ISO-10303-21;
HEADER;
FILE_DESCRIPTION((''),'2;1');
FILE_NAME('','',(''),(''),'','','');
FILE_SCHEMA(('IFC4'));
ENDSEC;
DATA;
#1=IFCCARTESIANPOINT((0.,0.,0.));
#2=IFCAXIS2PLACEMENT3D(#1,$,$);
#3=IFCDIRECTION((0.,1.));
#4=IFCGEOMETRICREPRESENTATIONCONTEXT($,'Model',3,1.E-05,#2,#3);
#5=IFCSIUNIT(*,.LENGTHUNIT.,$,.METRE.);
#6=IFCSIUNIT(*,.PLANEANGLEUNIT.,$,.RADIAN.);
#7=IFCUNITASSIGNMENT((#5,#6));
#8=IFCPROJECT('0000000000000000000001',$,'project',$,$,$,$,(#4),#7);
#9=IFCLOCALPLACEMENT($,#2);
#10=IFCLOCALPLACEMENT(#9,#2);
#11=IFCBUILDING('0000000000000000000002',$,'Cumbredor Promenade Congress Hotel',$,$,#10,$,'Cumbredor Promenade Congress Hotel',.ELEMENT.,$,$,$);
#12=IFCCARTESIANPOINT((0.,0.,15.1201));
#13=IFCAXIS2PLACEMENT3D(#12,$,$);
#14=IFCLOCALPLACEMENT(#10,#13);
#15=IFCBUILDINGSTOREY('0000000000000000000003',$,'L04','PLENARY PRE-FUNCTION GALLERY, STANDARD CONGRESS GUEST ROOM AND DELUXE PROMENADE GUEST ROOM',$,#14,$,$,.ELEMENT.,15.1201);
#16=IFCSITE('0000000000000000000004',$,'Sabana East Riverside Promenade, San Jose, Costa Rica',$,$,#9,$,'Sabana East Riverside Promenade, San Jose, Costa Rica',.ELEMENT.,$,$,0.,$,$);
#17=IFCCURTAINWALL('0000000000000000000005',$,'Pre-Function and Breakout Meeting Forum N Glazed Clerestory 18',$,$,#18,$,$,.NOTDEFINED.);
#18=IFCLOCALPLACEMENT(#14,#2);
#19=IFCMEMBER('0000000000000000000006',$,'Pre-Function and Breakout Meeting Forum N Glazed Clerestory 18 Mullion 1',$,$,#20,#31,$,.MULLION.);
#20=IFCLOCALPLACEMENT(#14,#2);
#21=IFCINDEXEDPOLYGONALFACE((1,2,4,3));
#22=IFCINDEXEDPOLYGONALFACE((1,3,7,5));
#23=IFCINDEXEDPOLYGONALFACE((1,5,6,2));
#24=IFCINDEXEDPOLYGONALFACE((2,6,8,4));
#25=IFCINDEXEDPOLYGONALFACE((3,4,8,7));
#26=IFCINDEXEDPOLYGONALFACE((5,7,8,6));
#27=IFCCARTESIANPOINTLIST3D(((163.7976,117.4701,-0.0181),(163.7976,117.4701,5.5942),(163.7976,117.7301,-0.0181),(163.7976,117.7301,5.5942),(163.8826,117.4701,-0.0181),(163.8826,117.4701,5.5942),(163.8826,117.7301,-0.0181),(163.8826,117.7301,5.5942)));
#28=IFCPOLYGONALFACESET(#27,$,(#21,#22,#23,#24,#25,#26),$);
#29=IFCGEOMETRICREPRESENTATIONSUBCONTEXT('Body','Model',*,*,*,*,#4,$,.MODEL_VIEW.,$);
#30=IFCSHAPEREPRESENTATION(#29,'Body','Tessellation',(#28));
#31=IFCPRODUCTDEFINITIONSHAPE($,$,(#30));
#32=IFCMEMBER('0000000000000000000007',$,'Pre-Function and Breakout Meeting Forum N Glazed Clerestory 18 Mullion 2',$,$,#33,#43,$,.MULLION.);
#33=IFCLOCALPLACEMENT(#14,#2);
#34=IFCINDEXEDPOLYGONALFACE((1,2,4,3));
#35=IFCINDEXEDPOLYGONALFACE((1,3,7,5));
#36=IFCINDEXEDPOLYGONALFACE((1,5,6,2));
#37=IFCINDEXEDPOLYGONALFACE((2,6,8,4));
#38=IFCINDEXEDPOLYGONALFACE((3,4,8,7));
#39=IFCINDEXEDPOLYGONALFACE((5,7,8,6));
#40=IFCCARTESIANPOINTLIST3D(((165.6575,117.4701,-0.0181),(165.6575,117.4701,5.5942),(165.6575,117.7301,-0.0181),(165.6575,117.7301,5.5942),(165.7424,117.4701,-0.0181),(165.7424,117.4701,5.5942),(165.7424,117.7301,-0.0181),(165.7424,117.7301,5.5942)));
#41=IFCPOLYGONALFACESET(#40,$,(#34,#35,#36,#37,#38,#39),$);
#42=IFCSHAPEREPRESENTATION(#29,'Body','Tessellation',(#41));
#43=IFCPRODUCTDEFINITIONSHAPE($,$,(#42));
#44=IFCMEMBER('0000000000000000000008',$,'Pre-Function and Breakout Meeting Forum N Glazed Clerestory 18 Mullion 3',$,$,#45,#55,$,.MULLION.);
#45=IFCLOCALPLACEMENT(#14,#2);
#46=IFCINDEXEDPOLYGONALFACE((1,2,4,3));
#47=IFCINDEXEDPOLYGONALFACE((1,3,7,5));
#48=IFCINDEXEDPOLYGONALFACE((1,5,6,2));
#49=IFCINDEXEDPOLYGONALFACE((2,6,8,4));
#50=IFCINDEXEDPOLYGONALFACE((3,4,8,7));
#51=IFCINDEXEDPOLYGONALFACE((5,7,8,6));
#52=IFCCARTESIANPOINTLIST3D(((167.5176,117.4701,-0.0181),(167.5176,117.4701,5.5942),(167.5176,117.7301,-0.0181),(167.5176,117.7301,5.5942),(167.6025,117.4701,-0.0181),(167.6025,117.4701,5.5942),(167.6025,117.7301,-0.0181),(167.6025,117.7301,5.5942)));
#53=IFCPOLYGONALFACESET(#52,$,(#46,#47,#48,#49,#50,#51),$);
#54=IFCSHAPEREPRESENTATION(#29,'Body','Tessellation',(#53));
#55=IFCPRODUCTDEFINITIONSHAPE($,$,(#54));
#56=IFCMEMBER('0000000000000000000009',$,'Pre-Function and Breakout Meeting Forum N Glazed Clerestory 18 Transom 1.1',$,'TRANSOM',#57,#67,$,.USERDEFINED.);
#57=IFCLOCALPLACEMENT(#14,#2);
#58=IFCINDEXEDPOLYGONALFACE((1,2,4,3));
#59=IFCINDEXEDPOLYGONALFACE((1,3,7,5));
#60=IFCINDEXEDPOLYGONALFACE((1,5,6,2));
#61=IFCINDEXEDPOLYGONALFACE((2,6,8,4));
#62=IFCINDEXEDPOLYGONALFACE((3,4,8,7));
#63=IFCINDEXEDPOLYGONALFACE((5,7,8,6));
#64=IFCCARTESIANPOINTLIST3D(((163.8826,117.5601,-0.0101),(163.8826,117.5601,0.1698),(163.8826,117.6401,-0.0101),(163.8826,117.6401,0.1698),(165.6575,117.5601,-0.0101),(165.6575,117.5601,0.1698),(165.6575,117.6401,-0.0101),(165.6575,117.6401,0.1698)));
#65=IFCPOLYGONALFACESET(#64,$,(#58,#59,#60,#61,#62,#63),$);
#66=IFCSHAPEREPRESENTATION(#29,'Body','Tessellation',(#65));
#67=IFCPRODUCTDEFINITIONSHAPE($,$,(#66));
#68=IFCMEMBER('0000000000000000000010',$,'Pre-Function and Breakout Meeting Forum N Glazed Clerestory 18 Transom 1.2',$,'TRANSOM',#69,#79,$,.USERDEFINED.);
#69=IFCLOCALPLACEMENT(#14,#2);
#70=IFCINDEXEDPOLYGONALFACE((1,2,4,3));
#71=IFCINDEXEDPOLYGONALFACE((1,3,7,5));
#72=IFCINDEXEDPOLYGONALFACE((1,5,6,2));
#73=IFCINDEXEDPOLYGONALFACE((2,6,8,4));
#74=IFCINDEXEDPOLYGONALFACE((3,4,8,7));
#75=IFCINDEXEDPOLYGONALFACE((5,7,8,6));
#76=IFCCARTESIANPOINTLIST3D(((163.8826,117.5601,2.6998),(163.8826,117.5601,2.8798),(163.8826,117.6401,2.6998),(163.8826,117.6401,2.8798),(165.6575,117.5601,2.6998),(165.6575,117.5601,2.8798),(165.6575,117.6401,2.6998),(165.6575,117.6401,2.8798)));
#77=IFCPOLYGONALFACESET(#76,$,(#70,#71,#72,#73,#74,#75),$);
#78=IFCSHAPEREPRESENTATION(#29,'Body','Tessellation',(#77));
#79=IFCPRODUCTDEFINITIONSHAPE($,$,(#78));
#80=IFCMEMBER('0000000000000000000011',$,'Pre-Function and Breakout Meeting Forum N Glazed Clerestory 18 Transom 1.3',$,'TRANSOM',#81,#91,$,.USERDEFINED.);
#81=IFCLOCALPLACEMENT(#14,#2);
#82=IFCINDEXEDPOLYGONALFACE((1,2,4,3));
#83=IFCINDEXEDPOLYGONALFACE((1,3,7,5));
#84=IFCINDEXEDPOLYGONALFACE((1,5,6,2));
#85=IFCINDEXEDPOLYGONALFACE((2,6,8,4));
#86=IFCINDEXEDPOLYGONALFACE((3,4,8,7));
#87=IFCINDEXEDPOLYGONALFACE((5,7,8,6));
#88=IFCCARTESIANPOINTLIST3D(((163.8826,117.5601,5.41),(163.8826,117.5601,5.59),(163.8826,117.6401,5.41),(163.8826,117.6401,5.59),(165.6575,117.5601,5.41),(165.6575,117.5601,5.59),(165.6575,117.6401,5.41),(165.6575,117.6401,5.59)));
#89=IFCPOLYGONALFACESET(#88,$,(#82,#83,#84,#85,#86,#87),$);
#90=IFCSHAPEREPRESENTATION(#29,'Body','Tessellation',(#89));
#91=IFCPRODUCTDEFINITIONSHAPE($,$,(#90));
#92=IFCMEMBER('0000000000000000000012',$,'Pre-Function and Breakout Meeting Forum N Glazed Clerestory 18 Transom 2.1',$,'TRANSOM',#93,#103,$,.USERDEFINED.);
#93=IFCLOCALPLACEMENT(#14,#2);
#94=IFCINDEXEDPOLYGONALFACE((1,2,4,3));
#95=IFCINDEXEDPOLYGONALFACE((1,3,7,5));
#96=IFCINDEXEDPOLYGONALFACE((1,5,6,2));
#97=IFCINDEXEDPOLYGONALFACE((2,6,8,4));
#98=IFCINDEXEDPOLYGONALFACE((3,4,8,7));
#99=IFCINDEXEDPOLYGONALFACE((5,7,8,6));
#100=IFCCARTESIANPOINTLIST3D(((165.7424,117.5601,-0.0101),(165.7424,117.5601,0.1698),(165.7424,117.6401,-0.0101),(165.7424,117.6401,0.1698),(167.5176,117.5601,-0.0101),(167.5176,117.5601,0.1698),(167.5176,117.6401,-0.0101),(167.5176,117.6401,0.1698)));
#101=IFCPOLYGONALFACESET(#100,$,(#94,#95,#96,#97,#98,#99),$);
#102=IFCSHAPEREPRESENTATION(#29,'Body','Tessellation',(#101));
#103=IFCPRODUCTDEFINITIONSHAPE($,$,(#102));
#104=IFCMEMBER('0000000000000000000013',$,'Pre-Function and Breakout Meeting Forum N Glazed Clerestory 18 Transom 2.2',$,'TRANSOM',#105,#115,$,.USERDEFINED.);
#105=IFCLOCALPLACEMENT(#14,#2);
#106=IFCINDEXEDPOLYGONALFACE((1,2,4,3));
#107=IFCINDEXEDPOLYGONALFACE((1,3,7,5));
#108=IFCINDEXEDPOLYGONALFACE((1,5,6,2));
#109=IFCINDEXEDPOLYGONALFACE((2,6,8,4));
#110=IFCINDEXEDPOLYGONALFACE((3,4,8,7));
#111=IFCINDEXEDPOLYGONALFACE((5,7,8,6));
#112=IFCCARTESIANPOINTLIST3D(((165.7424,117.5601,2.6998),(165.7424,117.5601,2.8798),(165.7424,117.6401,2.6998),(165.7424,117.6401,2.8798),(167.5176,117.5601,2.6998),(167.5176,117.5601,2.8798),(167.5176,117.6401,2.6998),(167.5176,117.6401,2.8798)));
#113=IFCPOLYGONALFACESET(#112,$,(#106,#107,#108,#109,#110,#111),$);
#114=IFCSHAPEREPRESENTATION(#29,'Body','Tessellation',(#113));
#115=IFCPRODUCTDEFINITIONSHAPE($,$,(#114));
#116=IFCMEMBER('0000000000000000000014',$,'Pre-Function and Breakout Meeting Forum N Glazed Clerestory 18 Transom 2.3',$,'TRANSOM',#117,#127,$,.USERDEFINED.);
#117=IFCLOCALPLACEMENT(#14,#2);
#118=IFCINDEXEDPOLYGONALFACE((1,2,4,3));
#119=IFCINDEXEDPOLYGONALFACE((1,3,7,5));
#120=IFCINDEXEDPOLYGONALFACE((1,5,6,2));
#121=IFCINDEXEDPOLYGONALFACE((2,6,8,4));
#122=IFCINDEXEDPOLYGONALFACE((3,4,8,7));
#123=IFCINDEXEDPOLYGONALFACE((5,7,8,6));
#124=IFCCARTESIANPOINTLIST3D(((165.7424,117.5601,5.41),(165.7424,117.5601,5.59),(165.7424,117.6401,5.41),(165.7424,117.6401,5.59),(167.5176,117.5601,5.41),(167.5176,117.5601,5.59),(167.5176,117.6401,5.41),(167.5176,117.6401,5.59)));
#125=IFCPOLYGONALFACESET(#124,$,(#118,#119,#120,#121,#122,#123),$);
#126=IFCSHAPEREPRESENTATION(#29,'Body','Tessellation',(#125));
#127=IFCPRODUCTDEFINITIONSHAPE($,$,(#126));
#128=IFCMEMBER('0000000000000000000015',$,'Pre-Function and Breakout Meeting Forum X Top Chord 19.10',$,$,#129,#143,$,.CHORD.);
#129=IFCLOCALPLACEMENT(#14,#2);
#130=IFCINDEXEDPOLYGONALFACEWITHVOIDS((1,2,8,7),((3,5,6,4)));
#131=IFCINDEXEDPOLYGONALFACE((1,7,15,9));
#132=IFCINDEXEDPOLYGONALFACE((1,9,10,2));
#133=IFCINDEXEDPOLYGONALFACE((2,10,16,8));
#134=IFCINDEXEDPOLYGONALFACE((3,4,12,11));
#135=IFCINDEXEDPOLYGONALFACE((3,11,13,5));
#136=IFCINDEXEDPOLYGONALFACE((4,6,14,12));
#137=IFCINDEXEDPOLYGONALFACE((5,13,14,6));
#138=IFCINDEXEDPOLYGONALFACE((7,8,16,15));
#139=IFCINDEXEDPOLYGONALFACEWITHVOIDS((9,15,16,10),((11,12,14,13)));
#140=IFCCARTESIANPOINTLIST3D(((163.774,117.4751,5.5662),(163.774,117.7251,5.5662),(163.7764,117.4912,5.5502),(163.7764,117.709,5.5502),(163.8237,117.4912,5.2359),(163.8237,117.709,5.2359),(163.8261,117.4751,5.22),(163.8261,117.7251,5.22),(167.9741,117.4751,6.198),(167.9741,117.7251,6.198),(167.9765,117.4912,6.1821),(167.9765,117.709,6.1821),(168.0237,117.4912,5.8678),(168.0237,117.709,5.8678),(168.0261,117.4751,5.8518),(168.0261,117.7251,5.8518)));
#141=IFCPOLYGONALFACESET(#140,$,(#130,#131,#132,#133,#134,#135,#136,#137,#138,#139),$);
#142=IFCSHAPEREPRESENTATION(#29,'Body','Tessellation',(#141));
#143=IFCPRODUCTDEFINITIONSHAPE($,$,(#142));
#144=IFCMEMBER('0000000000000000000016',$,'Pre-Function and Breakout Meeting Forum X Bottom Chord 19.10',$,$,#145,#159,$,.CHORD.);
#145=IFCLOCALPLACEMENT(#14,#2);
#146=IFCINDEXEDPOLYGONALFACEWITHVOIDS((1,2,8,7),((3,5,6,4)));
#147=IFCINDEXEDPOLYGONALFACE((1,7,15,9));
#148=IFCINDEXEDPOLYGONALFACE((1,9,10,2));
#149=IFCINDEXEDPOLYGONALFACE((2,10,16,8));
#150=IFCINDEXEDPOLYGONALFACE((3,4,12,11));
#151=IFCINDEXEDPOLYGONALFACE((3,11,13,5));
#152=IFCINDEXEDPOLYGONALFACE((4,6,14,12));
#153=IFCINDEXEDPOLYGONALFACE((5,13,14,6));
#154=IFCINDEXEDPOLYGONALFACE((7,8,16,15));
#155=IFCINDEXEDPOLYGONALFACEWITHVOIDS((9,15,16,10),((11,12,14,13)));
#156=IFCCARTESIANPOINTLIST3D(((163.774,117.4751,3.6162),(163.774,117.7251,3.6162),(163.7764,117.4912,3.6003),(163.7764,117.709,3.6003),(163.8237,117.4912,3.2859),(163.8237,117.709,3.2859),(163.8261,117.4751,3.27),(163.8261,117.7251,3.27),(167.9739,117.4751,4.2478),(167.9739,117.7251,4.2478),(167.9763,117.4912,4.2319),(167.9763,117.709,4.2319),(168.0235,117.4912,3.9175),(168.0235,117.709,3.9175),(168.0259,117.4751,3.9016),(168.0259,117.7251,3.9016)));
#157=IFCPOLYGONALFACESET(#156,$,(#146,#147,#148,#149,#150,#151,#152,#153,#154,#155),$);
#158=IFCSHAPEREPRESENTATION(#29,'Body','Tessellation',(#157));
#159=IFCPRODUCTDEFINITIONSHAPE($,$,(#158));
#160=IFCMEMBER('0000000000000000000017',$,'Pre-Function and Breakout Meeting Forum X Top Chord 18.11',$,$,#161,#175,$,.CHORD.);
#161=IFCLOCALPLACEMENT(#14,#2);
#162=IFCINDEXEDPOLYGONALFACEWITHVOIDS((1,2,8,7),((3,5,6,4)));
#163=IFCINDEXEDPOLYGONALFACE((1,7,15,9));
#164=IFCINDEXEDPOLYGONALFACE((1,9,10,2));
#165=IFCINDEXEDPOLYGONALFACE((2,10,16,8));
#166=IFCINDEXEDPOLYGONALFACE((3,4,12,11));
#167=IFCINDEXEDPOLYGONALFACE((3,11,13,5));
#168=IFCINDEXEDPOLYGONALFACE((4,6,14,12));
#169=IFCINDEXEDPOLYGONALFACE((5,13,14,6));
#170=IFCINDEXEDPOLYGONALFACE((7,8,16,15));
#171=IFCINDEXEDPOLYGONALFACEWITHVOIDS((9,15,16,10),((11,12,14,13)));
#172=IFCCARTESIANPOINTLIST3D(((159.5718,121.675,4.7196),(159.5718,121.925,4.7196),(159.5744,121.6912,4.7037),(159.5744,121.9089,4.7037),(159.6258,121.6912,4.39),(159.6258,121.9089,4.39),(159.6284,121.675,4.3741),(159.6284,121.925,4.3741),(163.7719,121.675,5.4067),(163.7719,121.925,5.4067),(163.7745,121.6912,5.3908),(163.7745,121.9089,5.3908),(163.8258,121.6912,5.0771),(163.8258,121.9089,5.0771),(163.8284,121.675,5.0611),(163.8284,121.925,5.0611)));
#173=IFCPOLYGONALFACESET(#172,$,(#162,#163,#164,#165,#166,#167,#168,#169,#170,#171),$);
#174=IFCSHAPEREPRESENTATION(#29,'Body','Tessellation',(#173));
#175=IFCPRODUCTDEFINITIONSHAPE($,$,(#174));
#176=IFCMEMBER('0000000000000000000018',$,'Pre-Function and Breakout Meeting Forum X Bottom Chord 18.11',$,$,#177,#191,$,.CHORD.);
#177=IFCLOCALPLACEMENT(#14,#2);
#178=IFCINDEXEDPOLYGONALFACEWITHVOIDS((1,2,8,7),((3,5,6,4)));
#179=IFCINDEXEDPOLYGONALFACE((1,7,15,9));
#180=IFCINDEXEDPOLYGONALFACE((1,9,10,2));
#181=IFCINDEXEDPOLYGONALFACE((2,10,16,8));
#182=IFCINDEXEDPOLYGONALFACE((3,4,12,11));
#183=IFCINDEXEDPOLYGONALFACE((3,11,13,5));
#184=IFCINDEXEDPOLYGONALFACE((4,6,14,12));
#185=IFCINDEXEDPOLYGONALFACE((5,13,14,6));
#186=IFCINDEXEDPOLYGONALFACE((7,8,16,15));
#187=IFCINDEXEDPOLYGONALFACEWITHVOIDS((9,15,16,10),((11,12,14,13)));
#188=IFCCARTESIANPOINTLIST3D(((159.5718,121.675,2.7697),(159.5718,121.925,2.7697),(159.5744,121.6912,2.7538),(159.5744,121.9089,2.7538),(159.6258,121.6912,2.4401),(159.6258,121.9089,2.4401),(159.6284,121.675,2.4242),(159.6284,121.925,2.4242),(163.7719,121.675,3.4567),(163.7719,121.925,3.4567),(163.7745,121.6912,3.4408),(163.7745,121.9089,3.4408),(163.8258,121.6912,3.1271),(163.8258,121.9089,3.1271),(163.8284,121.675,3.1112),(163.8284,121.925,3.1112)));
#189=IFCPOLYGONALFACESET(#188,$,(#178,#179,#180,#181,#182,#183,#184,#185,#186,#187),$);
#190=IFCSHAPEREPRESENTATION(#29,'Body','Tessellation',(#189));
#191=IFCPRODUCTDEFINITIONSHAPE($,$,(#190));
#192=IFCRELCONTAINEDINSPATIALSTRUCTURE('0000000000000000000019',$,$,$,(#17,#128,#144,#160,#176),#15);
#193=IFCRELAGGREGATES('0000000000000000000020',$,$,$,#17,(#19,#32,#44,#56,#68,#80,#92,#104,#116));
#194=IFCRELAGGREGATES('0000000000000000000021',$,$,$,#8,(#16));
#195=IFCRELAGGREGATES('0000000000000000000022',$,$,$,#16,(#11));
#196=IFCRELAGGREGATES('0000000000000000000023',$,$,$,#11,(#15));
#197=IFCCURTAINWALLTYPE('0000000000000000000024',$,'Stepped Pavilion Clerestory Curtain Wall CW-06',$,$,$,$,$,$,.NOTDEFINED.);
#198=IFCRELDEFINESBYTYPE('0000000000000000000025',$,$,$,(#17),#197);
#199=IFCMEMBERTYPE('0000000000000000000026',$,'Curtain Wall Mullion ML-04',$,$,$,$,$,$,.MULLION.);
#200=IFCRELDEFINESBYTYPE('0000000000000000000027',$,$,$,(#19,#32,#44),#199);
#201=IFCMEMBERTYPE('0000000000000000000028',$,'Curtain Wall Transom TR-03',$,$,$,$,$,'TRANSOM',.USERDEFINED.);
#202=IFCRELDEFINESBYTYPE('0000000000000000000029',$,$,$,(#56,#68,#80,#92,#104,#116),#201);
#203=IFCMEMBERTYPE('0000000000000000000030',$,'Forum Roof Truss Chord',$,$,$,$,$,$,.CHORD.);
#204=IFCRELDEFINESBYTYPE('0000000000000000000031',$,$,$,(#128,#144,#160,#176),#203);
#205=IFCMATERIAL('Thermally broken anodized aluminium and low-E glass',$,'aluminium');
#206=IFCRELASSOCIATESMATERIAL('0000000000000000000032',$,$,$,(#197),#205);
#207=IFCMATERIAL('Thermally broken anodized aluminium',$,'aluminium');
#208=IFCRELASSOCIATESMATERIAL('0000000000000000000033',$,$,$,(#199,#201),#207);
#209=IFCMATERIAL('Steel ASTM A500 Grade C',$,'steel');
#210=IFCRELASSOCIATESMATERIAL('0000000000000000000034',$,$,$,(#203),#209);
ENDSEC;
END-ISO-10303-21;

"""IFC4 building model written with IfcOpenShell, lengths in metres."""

from ifc_helpers import new_model, si_unit, direction, frame, origin, origin_2d, place, context, subcontext, project, spatial, rectangle, hollow_rectangle, extrude, material, material_profile, profile_set, type_object, element, aggregate, save


model = new_model("IFC4")

# Units and contexts
model_context = context("Model", 3, precision=1e-05, world=origin(), true_north=direction((0.0, 1.0)))
body_context = subcontext(model_context, "Body", "Model", "MODEL_VIEW")
ifc_project = project(units=[si_unit("LENGTHUNIT", "METRE"), si_unit("PLANEANGLEUNIT", "RADIAN")], contexts=[model_context])

# Site, building, storey
site_placement = place(None, origin())
site = spatial("IfcSite", under=ifc_project, at=site_placement, Name="Sabana East Riverside Promenade, San Jose, Costa Rica", LongName="Sabana East Riverside Promenade, San Jose, Costa Rica", CompositionType="ELEMENT", RefElevation=0.0)
building_placement = place(site_placement, origin())
building = spatial("IfcBuilding", under=site, at=building_placement, Name="Cumbredor Promenade Congress Hotel", LongName="Cumbredor Promenade Congress Hotel", CompositionType="ELEMENT")
storey_placement = place(building_placement, frame((0.0, 0.0, 15.1201)))
storey = spatial("IfcBuildingStorey", under=building, at=storey_placement, Name="L04", Description="PLENARY PRE-FUNCTION GALLERY, STANDARD CONGRESS GUEST ROOM AND DELUXE PROMENADE GUEST ROOM", CompositionType="ELEMENT", Elevation=15.1201)

# Curtain wall, members
ifc_material_1 = material(Name="Thermally broken anodized aluminium and low-E glass", Category="aluminium")
curtain_wall_type = type_object("IfcCurtainWallType", Name="Stepped Pavilion Clerestory Curtain Wall CW-06", PredefinedType="NOTDEFINED", material=ifc_material_1)
curtain_wall_placement = place(storey_placement, origin())
curtain_wall = element("IfcCurtainWall", 1, at=curtain_wall_placement, inside=storey, type_object=curtain_wall_type, Name="Pre-Function and Breakout Meeting Forum N Glazed Clerestory 18", PredefinedType="NOTDEFINED")
ifc_material_2 = material(Name="Thermally broken anodized aluminium", Category="aluminium")
ifc_material_profile_1 = material_profile(ifc_material_2, rectangle(XDim=0.085, YDim=0.26, at=origin_2d()), Name="ALU MULLION CLERESTORY 85x260")
ifc_profile_set_1 = profile_set([ifc_material_profile_1], Name="Thermally broken anodized aluminium")
member_type_1 = type_object("IfcMemberType", Name="Curtain Wall Mullion ML-04", PredefinedType="MULLION", material=ifc_profile_set_1)
member_1_placement = place(storey_placement, frame((163.8401, 117.6001, -0.0181), z_axis=(0.0, 0.0, 1.0), x_axis=(1.0, 0.0, 0.0)))
member_1 = element("IfcMember", 2, at=member_1_placement, type_object=member_type_1, Name="Pre-Function and Breakout Meeting Forum N Glazed Clerestory 18 Mullion 1", PredefinedType="MULLION", context=body_context, shape_type="SweptSolid", body=[
    extrude(rectangle(XDim=0.085, YDim=0.26, at=origin_2d()), origin(), (0.0, 0.0, 1.0), 5.6123),
])
member_2_placement = place(storey_placement, frame((165.7, 117.6001, -0.0181), z_axis=(0.0, 0.0, 1.0), x_axis=(1.0, 0.0, 0.0)))
member_2 = element("IfcMember", 3, at=member_2_placement, type_object=member_type_1, Name="Pre-Function and Breakout Meeting Forum N Glazed Clerestory 18 Mullion 2", PredefinedType="MULLION", context=body_context, shape_type="SweptSolid", body=[
    extrude(rectangle(XDim=0.085, YDim=0.26, at=origin_2d()), origin(), (0.0, 0.0, 1.0), 5.6123),
])
member_3_placement = place(storey_placement, frame((167.5601, 117.6001, -0.0181), z_axis=(0.0, 0.0, 1.0), x_axis=(1.0, 0.0, 0.0)))
member_3 = element("IfcMember", 4, at=member_3_placement, type_object=member_type_1, Name="Pre-Function and Breakout Meeting Forum N Glazed Clerestory 18 Mullion 3", PredefinedType="MULLION", context=body_context, shape_type="SweptSolid", body=[
    extrude(rectangle(XDim=0.085, YDim=0.26, at=origin_2d()), origin(), (0.0, 0.0, 1.0), 5.6123),
])
ifc_material_profile_2 = material_profile(ifc_material_2, rectangle(XDim=0.0801, YDim=0.1799, at=origin_2d()), Name="ALU TRANSOM 80x180")
ifc_profile_set_2 = profile_set([ifc_material_profile_2], Name="Thermally broken anodized aluminium")
member_type_2 = type_object("IfcMemberType", Name="Curtain Wall Transom TR-03", ElementType="TRANSOM", PredefinedType="USERDEFINED", material=ifc_profile_set_2)
member_4_placement = place(storey_placement, frame((163.8826, 117.6001, 0.0798), z_axis=(1.0, 0.0, 0.0), x_axis=(0.0, 1.0, 0.0)))
member_4 = element("IfcMember", 5, at=member_4_placement, type_object=member_type_2, Name="Pre-Function and Breakout Meeting Forum N Glazed Clerestory 18 Transom 1.1", ObjectType="TRANSOM", PredefinedType="USERDEFINED", context=body_context, shape_type="SweptSolid", body=[
    extrude(rectangle(XDim=0.0801, YDim=0.1799, at=origin_2d()), origin(), (0.0, 0.0, 1.0), 1.7749),
])
member_5_placement = place(storey_placement, frame((163.8826, 117.6001, 2.7898), z_axis=(1.0, 0.0, 0.0), x_axis=(0.0, 1.0, 0.0)))
member_5 = element("IfcMember", 6, at=member_5_placement, type_object=member_type_2, Name="Pre-Function and Breakout Meeting Forum N Glazed Clerestory 18 Transom 1.2", ObjectType="TRANSOM", PredefinedType="USERDEFINED", context=body_context, shape_type="SweptSolid", body=[
    extrude(rectangle(XDim=0.0801, YDim=0.1799, at=origin_2d()), origin(), (0.0, 0.0, 1.0), 1.7749),
])
member_6_placement = place(storey_placement, frame((163.8826, 117.6001, 5.5), z_axis=(1.0, 0.0, 0.0), x_axis=(0.0, 1.0, 0.0)))
member_6 = element("IfcMember", 7, at=member_6_placement, type_object=member_type_2, Name="Pre-Function and Breakout Meeting Forum N Glazed Clerestory 18 Transom 1.3", ObjectType="TRANSOM", PredefinedType="USERDEFINED", context=body_context, shape_type="SweptSolid", body=[
    extrude(rectangle(XDim=0.0801, YDim=0.1799, at=origin_2d()), origin(), (0.0, 0.0, 1.0), 1.7749),
])
member_7_placement = place(storey_placement, frame((165.7424, 117.6001, 0.0798), z_axis=(1.0, 0.0, 0.0), x_axis=(0.0, 1.0, 0.0)))
member_7 = element("IfcMember", 8, at=member_7_placement, type_object=member_type_2, Name="Pre-Function and Breakout Meeting Forum N Glazed Clerestory 18 Transom 2.1", ObjectType="TRANSOM", PredefinedType="USERDEFINED", context=body_context, shape_type="SweptSolid", body=[
    extrude(rectangle(XDim=0.0801, YDim=0.1799, at=origin_2d()), origin(), (0.0, 0.0, 1.0), 1.7751),
])
member_8_placement = place(storey_placement, frame((165.7424, 117.6001, 2.7898), z_axis=(1.0, 0.0, 0.0), x_axis=(0.0, 1.0, 0.0)))
member_8 = element("IfcMember", 9, at=member_8_placement, type_object=member_type_2, Name="Pre-Function and Breakout Meeting Forum N Glazed Clerestory 18 Transom 2.2", ObjectType="TRANSOM", PredefinedType="USERDEFINED", context=body_context, shape_type="SweptSolid", body=[
    extrude(rectangle(XDim=0.0801, YDim=0.1799, at=origin_2d()), origin(), (0.0, 0.0, 1.0), 1.7751),
])
member_9_placement = place(storey_placement, frame((165.7424, 117.6001, 5.5), z_axis=(1.0, 0.0, 0.0), x_axis=(0.0, 1.0, 0.0)))
member_9 = element("IfcMember", 10, at=member_9_placement, type_object=member_type_2, Name="Pre-Function and Breakout Meeting Forum N Glazed Clerestory 18 Transom 2.3", ObjectType="TRANSOM", PredefinedType="USERDEFINED", context=body_context, shape_type="SweptSolid", body=[
    extrude(rectangle(XDim=0.0801, YDim=0.1799, at=origin_2d()), origin(), (0.0, 0.0, 1.0), 1.7751),
])

# Members
ifc_material_3 = material(Name="Steel ASTM A500 Grade C", Category="steel")
ifc_material_profile_3 = material_profile(ifc_material_3, hollow_rectangle(XDim=0.25, YDim=0.3501, WallThickness=0.0161, at=origin_2d()), Name="HSS 350x250x16")
ifc_profile_set_3 = profile_set([ifc_material_profile_3], Name="Steel ASTM A500 Grade C")
member_type_3 = type_object("IfcMemberType", Name="Forum Roof Truss Chord", PredefinedType="CHORD", material=ifc_profile_set_3)
member_10_placement = place(storey_placement, frame((163.8, 117.6001, 5.3931), z_axis=(0.988873, 0.0, 0.148765), x_axis=(0.0, 1.0, 0.0)))
element("IfcMember", 11, at=member_10_placement, inside=storey, type_object=member_type_3, Name="Pre-Function and Breakout Meeting Forum X Top Chord 19.10", PredefinedType="CHORD", context=body_context, shape_type="SweptSolid", body=[
    extrude(hollow_rectangle(XDim=0.25, YDim=0.3501, WallThickness=0.0161, at=origin_2d()), origin(), (0.0, 0.0, 1.0), 4.2473),
])
member_11_placement = place(storey_placement, frame((163.8, 117.6001, 3.4431), z_axis=(0.988881, 0.0, 0.148709), x_axis=(0.0, 1.0, 0.0)))
element("IfcMember", 12, at=member_11_placement, inside=storey, type_object=member_type_3, Name="Pre-Function and Breakout Meeting Forum X Bottom Chord 19.10", PredefinedType="CHORD", context=body_context, shape_type="SweptSolid", body=[
    extrude(hollow_rectangle(XDim=0.25, YDim=0.3501, WallThickness=0.0161, at=origin_2d()), origin(), (0.0, 0.0, 1.0), 4.2471),
])
for number, where, z_axis, x_axis, name in (
    (13, (159.6001, 121.8, 4.5469), (0.986884, 0.0, 0.161431), (0.0, 1.0, 0.0), "Pre-Function and Breakout Meeting Forum X Top Chord 18.11"),
    (14, (159.6001, 121.8, 2.5969), (0.986884, 0.0, 0.161431), (0.0, 1.0, 0.0), "Pre-Function and Breakout Meeting Forum X Bottom Chord 18.11"),
):
    element("IfcMember", number, at=place(storey_placement, frame(where, z_axis=z_axis, x_axis=x_axis)), inside=storey, type_object=member_type_3, Name=name, PredefinedType="CHORD", context=body_context, shape_type="SweptSolid", body=[
        extrude(hollow_rectangle(XDim=0.25, YDim=0.3501, WallThickness=0.0161, at=origin_2d()), origin(), (0.0, 0.0, 1.0), 4.2559),
    ])

aggregate(curtain_wall, [member_1, member_2, member_3, member_4, member_5, member_6, member_7, member_8, member_9])

save(model, "model.ifc")
